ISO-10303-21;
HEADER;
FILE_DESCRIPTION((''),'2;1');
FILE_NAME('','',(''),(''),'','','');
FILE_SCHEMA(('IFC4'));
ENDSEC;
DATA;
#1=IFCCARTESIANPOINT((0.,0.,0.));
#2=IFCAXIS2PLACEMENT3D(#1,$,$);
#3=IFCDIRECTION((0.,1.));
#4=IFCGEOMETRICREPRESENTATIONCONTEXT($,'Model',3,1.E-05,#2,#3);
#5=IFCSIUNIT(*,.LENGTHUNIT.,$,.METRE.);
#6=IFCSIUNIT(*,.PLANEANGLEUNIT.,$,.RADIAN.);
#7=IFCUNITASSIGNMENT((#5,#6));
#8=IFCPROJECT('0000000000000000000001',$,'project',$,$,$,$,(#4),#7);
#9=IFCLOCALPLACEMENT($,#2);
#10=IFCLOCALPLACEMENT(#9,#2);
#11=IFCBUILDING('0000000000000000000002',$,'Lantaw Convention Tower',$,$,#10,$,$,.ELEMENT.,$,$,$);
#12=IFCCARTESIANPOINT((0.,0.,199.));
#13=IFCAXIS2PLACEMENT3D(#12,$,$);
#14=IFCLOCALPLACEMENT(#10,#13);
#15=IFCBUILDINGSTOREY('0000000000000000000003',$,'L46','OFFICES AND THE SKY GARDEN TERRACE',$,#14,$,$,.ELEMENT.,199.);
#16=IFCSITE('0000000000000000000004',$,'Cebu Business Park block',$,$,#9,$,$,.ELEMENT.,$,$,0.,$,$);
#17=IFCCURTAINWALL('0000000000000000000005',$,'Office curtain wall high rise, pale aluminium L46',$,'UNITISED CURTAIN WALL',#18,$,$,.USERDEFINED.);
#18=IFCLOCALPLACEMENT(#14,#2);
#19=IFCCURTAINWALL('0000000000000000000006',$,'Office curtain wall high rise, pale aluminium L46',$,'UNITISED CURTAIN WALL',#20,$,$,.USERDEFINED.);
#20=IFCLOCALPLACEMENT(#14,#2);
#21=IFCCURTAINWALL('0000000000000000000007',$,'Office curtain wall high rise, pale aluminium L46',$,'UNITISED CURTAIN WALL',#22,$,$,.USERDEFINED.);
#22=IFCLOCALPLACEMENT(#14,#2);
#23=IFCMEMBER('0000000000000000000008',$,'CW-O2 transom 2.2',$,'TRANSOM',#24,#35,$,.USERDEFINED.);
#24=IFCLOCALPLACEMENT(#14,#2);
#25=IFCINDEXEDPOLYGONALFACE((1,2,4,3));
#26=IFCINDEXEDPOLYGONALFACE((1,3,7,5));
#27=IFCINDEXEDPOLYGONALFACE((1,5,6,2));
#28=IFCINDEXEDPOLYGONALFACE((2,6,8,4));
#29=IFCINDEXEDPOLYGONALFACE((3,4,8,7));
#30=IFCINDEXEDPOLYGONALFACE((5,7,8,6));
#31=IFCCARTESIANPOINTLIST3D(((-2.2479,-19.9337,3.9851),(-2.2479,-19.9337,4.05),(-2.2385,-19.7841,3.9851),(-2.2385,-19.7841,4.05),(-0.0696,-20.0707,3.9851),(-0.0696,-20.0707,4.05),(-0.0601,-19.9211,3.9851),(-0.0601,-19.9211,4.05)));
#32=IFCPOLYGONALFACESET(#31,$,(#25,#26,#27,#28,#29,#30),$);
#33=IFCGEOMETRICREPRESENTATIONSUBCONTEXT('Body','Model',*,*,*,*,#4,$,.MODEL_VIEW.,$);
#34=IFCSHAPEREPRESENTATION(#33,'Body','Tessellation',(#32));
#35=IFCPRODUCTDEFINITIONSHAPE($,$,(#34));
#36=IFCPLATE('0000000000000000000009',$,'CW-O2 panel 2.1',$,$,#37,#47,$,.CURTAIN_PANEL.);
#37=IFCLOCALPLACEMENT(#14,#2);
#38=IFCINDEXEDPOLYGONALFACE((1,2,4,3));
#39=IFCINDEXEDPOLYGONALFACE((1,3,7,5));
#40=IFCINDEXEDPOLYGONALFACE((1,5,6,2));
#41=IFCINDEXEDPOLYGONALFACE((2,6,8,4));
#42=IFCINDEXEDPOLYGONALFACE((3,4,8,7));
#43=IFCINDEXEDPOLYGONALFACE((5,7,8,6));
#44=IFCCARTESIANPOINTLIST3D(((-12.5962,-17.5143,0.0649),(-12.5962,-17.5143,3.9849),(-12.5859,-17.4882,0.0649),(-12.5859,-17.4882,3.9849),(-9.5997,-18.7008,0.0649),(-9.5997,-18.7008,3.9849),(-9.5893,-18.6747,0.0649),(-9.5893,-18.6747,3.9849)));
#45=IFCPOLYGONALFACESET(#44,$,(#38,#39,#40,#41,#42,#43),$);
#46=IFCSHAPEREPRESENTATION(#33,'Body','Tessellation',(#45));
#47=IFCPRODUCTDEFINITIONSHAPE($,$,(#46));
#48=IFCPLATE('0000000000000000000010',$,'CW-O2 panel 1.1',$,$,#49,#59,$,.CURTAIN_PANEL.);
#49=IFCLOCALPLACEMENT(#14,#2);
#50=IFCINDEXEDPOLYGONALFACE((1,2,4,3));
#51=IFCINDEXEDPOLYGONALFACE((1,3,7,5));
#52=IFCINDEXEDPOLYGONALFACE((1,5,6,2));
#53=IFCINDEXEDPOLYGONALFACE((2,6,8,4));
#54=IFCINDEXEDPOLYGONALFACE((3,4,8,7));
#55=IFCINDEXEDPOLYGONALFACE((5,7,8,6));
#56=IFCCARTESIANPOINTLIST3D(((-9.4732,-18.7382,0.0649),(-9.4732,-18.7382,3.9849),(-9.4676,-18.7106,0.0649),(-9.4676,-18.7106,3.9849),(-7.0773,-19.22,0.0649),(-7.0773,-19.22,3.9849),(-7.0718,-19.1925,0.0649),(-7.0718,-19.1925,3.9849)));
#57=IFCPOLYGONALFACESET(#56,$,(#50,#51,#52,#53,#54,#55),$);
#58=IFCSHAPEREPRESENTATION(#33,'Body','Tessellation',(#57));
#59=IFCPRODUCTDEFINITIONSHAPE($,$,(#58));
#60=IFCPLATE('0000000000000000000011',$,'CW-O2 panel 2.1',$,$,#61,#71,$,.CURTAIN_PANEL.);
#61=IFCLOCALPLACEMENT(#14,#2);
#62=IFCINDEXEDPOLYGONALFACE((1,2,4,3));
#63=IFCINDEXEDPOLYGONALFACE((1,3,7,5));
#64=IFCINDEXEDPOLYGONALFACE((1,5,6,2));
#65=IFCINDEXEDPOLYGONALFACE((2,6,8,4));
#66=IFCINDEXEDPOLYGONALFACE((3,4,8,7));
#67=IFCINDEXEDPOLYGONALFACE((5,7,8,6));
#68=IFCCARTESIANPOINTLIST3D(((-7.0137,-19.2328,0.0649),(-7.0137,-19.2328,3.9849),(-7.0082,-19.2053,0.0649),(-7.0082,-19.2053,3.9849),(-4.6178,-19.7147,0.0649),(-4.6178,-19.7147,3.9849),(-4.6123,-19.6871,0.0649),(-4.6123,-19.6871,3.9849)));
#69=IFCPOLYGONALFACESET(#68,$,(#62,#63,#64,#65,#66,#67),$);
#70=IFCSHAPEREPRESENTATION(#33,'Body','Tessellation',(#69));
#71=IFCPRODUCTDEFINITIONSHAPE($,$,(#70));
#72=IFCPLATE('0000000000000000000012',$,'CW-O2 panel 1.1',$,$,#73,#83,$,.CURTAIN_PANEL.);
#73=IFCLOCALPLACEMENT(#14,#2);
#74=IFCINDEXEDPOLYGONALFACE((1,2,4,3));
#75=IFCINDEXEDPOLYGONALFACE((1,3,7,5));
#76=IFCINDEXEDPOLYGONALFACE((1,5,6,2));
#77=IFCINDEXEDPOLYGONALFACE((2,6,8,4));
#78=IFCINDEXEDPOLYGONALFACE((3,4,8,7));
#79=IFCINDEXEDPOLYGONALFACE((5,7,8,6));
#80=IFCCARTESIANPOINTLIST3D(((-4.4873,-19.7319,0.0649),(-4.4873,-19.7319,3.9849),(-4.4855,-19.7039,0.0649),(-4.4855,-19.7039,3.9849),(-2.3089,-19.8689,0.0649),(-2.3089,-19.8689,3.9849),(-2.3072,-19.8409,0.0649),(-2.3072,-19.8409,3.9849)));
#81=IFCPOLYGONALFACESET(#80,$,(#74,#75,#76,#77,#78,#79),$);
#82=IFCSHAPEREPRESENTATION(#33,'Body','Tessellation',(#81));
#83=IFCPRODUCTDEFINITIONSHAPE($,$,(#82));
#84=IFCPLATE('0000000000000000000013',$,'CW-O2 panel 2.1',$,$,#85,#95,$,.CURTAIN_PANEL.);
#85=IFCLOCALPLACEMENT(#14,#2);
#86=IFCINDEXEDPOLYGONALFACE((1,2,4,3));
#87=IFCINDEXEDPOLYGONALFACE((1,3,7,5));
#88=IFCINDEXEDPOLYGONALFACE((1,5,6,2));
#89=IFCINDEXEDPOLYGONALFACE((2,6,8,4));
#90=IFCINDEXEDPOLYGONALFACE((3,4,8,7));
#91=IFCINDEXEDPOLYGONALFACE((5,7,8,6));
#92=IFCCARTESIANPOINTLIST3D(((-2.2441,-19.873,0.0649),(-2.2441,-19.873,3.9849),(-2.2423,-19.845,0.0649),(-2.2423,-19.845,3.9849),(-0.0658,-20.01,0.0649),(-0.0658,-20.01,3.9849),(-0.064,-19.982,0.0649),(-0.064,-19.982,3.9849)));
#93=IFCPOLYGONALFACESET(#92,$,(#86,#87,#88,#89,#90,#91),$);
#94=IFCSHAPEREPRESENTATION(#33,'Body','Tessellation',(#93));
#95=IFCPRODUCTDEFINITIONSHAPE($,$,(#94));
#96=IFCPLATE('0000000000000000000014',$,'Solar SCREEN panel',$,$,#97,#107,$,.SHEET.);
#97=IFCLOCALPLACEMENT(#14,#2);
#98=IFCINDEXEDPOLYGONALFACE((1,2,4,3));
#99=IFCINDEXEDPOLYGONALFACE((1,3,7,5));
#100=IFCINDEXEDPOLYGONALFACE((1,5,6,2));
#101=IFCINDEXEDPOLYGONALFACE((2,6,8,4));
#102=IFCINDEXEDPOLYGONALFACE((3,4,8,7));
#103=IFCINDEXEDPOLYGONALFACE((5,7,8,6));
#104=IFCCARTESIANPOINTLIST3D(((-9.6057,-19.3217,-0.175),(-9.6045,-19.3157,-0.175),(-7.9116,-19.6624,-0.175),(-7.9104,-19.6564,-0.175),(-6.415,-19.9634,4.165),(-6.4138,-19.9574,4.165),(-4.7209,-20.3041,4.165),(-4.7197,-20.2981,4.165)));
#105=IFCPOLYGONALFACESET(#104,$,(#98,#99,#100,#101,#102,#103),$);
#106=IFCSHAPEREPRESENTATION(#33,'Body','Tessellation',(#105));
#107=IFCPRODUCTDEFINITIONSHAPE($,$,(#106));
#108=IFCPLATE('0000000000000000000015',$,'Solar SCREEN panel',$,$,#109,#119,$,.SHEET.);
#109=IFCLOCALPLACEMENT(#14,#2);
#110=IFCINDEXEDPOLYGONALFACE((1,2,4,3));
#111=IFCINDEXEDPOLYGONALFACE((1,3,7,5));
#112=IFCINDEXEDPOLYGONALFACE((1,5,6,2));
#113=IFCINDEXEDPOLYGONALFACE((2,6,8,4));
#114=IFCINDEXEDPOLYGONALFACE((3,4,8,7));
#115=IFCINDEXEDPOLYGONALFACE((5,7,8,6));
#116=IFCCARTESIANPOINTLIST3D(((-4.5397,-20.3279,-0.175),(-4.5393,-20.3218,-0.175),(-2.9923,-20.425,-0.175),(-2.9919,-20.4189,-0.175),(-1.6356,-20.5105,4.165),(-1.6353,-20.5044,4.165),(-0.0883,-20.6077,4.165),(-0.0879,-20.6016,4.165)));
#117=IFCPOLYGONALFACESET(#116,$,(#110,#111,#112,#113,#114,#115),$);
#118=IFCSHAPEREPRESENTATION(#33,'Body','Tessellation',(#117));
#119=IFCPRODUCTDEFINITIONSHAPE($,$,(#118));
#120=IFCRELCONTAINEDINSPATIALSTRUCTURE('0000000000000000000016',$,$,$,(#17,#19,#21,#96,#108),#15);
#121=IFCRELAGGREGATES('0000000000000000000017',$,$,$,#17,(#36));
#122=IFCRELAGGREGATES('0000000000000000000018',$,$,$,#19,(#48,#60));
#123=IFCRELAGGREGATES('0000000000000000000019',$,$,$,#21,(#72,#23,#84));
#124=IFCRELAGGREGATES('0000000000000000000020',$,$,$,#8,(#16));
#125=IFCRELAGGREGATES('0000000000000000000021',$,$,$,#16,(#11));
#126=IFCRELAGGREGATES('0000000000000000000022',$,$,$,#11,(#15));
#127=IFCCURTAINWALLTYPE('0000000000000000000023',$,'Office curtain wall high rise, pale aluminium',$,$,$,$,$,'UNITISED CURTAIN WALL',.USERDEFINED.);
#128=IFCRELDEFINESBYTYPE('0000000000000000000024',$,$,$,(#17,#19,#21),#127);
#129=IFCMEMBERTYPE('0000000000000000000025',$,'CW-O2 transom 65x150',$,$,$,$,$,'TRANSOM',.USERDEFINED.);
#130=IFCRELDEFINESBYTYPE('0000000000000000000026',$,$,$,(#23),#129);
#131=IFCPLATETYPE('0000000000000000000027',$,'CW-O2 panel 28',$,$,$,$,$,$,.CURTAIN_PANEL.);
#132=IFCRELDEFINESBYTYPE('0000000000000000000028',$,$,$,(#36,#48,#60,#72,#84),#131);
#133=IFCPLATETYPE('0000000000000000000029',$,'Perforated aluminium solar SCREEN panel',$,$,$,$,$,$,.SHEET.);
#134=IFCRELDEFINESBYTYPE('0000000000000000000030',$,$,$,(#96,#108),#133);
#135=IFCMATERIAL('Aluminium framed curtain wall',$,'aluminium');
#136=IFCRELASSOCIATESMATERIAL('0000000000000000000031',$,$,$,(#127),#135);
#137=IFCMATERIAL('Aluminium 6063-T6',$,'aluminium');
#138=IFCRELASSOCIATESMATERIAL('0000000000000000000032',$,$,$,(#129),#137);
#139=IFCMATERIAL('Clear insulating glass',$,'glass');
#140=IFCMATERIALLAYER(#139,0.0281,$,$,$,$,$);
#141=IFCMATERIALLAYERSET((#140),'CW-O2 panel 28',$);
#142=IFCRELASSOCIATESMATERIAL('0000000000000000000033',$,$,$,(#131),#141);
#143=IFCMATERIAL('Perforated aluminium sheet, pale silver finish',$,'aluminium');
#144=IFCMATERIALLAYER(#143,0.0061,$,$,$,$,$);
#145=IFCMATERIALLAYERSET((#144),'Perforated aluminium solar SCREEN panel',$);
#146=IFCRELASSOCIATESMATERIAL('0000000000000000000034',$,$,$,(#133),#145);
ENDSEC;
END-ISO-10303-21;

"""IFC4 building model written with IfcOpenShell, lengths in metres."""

from ifc_helpers import new_model, si_unit, direction, frame, origin, origin_2d, place, context, subcontext, project, spatial, polyline, rectangle, outline, extrude, material, layer, layer_set, material_profile, profile_set, type_object, element, aggregate, save


model = new_model("IFC4")

# Units and contexts
model_context = context("Model", 3, precision=1e-05, world=origin(), true_north=direction((0.0, 1.0)))
body_context = subcontext(model_context, "Body", "Model", "MODEL_VIEW")
ifc_project = project(units=[si_unit("LENGTHUNIT", "METRE"), si_unit("PLANEANGLEUNIT", "RADIAN")], contexts=[model_context])

# Site, building, storey
site_placement = place(None, origin())
site = spatial("IfcSite", under=ifc_project, at=site_placement, Name="Cebu Business Park block", CompositionType="ELEMENT", RefElevation=0.0)
building_placement = place(site_placement, origin())
building = spatial("IfcBuilding", under=site, at=building_placement, Name="Lantaw Convention Tower", CompositionType="ELEMENT")
storey_placement = place(building_placement, frame((0.0, 0.0, 199.0)))
storey = spatial("IfcBuildingStorey", under=building, at=storey_placement, Name="L46", Description="OFFICES AND THE SKY GARDEN TERRACE", CompositionType="ELEMENT", Elevation=199.0)

# Curtain wall
ifc_material_1 = material(Name="Aluminium framed curtain wall", Category="aluminium")
curtain_wall_type = type_object("IfcCurtainWallType", Name="Office curtain wall high rise, pale aluminium", ElementType="UNITISED CURTAIN WALL", PredefinedType="USERDEFINED", material=ifc_material_1)
curtain_wall_1_placement = place(storey_placement, origin())
curtain_wall_1 = element("IfcCurtainWall", 1, at=curtain_wall_1_placement, inside=storey, type_object=curtain_wall_type, Name="Office curtain wall high rise, pale aluminium L46", ObjectType="UNITISED CURTAIN WALL", PredefinedType="USERDEFINED")
ifc_material_2 = material(Name="Aluminium 6063-T6", Category="aluminium")

# Curtain walls
curtain_wall_2_placement = place(storey_placement, origin())
curtain_wall_2 = element("IfcCurtainWall", 2, at=curtain_wall_2_placement, inside=storey, type_object=curtain_wall_type, Name="Office curtain wall high rise, pale aluminium L46", ObjectType="UNITISED CURTAIN WALL", PredefinedType="USERDEFINED")
curtain_wall_3_placement = place(storey_placement, origin())
curtain_wall_3 = element("IfcCurtainWall", 3, at=curtain_wall_3_placement, inside=storey, type_object=curtain_wall_type, Name="Office curtain wall high rise, pale aluminium L46", ObjectType="UNITISED CURTAIN WALL", PredefinedType="USERDEFINED")

# Member
ifc_material_profile_1 = material_profile(ifc_material_2, rectangle(XDim=0.1499, YDim=0.0649, at=origin_2d()), Name="CW-O2 transom 65x150")
ifc_profile_set_1 = profile_set([ifc_material_profile_1], Name="Aluminium 6063-T6")
member_type_1 = type_object("IfcMemberType", Name="CW-O2 transom 65x150", ElementType="TRANSOM", PredefinedType="USERDEFINED", material=ifc_profile_set_1)
member_1_placement = place(storey_placement, frame((-2.2432, -19.8589, 4.0176), z_axis=(0.998029, -0.062754, 0.0), x_axis=(0.062754, 0.998029, 0.0)))
member_1 = element("IfcMember", 4, at=member_1_placement, type_object=member_type_1, Name="CW-O2 transom 2.2", ObjectType="TRANSOM", PredefinedType="USERDEFINED", context=body_context, shape_type="SweptSolid", body=[
    extrude(rectangle(XDim=0.1499, YDim=0.0649, at=origin_2d()), origin(), (0.0, 0.0, 1.0), 2.1826),
])

# Plates
ifc_material_3 = material(Name="Clear insulating glass", Category="glass")
ifc_layer_1 = layer(ifc_material_3, 0.0281)
ifc_layer_set_1 = layer_set([ifc_layer_1], Name="CW-O2 panel 28")
plate_type_1 = type_object("IfcPlateType", Name="CW-O2 panel 28", PredefinedType="CURTAIN_PANEL", material=ifc_layer_set_1)
plate_1_placement = place(storey_placement, frame((-11.0928, -18.0945, 0.0649), z_axis=(0.0, 0.0, 1.0), x_axis=(0.929762, -0.368162, 0.0)))
plate_1 = element("IfcPlate", 5, at=plate_1_placement, type_object=plate_type_1, Name="CW-O2 panel 2.1", PredefinedType="CURTAIN_PANEL", context=body_context, shape_type="SweptSolid", body=[
    extrude(rectangle(XDim=3.2229, YDim=0.0281, at=origin_2d()), origin(), (0.0, 0.0, 1.0), 3.9199),
])
aggregate(curtain_wall_1, [plate_1])
plate_2_placement = place(storey_placement, frame((-8.2725, -18.9653, 0.0649), z_axis=(0.0, 0.0, 1.0), x_axis=(0.980367, -0.197183, 0.0)))
plate_2 = element("IfcPlate", 6, at=plate_2_placement, type_object=plate_type_1, Name="CW-O2 panel 1.1", PredefinedType="CURTAIN_PANEL", context=body_context, shape_type="SweptSolid", body=[
    extrude(rectangle(XDim=2.4438, YDim=0.0281, at=origin_2d()), origin(), (0.0, 0.0, 1.0), 3.9199),
])
plate_3_placement = place(storey_placement, frame((-5.813, -19.46, 0.0649), z_axis=(0.0, 0.0, 1.0), x_axis=(0.980367, -0.197183, 0.0)))
plate_3 = element("IfcPlate", 7, at=plate_3_placement, type_object=plate_type_1, Name="CW-O2 panel 2.1", PredefinedType="CURTAIN_PANEL", context=body_context, shape_type="SweptSolid", body=[
    extrude(rectangle(XDim=2.4438, YDim=0.0281, at=origin_2d()), origin(), (0.0, 0.0, 1.0), 3.9199),
])
aggregate(curtain_wall_2, [plate_2, plate_3])
plate_4_placement = place(storey_placement, frame((-3.3972, -19.7864, 0.0649), z_axis=(0.0, 0.0, 1.0), x_axis=(0.998029, -0.062758, 0.0)))
plate_4 = element("IfcPlate", 8, at=plate_4_placement, type_object=plate_type_1, Name="CW-O2 panel 1.1", PredefinedType="CURTAIN_PANEL", context=body_context, shape_type="SweptSolid", body=[
    extrude(rectangle(XDim=2.1826, YDim=0.0281, at=origin_2d()), origin(), (0.0, 0.0, 1.0), 3.9199),
])
plate_5_placement = place(storey_placement, frame((-1.1541, -19.9275, 0.0649), z_axis=(0.0, 0.0, 1.0), x_axis=(0.998029, -0.062758, 0.0)))
plate_5 = element("IfcPlate", 9, at=plate_5_placement, type_object=plate_type_1, Name="CW-O2 panel 2.1", PredefinedType="CURTAIN_PANEL", context=body_context, shape_type="SweptSolid", body=[
    extrude(rectangle(XDim=2.1826, YDim=0.0281, at=origin_2d()), origin(), (0.0, 0.0, 1.0), 3.9199),
])
aggregate(curtain_wall_3, [plate_4, member_1, plate_5])

# Plates
ifc_material_4 = material(Name="Perforated aluminium sheet, pale silver finish", Category="aluminium")
ifc_layer_2 = layer(ifc_material_4, 0.0061)
ifc_layer_set_2 = layer_set([ifc_layer_2], Name="Perforated aluminium solar SCREEN panel")
plate_type_2 = type_object("IfcPlateType", Name="Perforated aluminium solar SCREEN panel", PredefinedType="SHEET", material=ifc_layer_set_2)
plate_6_placement = place(storey_placement, frame((-9.6045, -19.3157, -0.175), z_axis=(0.197162, 0.980371, 0.000011), x_axis=(0.980371, -0.197162, 0.0)))
element("IfcPlate", 10, at=plate_6_placement, inside=storey, type_object=plate_type_2, Name="Solar SCREEN panel", PredefinedType="SHEET", context=body_context, shape_type="SweptSolid", body=[
    extrude(outline(polyline([(0.0, 0.0), (1.728, 0.0), (4.9826, -4.3401), (3.2545, -4.3401), (0.0, 0.0)])), origin(), (0.0, 0.0, -1.0), 0.0061),
])
plate_7_placement = place(storey_placement, frame((-4.5393, -20.3218, -0.175), z_axis=(0.062672, 0.998034, 0.000059), x_axis=(0.998034, -0.062672, 0.0)))
element("IfcPlate", 11, at=plate_7_placement, inside=storey, type_object=plate_type_2, Name="Solar SCREEN panel", PredefinedType="SHEET", context=body_context, shape_type="SweptSolid", body=[
    extrude(outline(polyline([(0.0, 0.0), (1.5504, 0.0), (4.4602, -4.3401), (2.9098, -4.3401), (0.0, 0.0)])), origin(), (0.0, 0.0, -1.0), 0.0061),
])

save(model, "model.ifc")
